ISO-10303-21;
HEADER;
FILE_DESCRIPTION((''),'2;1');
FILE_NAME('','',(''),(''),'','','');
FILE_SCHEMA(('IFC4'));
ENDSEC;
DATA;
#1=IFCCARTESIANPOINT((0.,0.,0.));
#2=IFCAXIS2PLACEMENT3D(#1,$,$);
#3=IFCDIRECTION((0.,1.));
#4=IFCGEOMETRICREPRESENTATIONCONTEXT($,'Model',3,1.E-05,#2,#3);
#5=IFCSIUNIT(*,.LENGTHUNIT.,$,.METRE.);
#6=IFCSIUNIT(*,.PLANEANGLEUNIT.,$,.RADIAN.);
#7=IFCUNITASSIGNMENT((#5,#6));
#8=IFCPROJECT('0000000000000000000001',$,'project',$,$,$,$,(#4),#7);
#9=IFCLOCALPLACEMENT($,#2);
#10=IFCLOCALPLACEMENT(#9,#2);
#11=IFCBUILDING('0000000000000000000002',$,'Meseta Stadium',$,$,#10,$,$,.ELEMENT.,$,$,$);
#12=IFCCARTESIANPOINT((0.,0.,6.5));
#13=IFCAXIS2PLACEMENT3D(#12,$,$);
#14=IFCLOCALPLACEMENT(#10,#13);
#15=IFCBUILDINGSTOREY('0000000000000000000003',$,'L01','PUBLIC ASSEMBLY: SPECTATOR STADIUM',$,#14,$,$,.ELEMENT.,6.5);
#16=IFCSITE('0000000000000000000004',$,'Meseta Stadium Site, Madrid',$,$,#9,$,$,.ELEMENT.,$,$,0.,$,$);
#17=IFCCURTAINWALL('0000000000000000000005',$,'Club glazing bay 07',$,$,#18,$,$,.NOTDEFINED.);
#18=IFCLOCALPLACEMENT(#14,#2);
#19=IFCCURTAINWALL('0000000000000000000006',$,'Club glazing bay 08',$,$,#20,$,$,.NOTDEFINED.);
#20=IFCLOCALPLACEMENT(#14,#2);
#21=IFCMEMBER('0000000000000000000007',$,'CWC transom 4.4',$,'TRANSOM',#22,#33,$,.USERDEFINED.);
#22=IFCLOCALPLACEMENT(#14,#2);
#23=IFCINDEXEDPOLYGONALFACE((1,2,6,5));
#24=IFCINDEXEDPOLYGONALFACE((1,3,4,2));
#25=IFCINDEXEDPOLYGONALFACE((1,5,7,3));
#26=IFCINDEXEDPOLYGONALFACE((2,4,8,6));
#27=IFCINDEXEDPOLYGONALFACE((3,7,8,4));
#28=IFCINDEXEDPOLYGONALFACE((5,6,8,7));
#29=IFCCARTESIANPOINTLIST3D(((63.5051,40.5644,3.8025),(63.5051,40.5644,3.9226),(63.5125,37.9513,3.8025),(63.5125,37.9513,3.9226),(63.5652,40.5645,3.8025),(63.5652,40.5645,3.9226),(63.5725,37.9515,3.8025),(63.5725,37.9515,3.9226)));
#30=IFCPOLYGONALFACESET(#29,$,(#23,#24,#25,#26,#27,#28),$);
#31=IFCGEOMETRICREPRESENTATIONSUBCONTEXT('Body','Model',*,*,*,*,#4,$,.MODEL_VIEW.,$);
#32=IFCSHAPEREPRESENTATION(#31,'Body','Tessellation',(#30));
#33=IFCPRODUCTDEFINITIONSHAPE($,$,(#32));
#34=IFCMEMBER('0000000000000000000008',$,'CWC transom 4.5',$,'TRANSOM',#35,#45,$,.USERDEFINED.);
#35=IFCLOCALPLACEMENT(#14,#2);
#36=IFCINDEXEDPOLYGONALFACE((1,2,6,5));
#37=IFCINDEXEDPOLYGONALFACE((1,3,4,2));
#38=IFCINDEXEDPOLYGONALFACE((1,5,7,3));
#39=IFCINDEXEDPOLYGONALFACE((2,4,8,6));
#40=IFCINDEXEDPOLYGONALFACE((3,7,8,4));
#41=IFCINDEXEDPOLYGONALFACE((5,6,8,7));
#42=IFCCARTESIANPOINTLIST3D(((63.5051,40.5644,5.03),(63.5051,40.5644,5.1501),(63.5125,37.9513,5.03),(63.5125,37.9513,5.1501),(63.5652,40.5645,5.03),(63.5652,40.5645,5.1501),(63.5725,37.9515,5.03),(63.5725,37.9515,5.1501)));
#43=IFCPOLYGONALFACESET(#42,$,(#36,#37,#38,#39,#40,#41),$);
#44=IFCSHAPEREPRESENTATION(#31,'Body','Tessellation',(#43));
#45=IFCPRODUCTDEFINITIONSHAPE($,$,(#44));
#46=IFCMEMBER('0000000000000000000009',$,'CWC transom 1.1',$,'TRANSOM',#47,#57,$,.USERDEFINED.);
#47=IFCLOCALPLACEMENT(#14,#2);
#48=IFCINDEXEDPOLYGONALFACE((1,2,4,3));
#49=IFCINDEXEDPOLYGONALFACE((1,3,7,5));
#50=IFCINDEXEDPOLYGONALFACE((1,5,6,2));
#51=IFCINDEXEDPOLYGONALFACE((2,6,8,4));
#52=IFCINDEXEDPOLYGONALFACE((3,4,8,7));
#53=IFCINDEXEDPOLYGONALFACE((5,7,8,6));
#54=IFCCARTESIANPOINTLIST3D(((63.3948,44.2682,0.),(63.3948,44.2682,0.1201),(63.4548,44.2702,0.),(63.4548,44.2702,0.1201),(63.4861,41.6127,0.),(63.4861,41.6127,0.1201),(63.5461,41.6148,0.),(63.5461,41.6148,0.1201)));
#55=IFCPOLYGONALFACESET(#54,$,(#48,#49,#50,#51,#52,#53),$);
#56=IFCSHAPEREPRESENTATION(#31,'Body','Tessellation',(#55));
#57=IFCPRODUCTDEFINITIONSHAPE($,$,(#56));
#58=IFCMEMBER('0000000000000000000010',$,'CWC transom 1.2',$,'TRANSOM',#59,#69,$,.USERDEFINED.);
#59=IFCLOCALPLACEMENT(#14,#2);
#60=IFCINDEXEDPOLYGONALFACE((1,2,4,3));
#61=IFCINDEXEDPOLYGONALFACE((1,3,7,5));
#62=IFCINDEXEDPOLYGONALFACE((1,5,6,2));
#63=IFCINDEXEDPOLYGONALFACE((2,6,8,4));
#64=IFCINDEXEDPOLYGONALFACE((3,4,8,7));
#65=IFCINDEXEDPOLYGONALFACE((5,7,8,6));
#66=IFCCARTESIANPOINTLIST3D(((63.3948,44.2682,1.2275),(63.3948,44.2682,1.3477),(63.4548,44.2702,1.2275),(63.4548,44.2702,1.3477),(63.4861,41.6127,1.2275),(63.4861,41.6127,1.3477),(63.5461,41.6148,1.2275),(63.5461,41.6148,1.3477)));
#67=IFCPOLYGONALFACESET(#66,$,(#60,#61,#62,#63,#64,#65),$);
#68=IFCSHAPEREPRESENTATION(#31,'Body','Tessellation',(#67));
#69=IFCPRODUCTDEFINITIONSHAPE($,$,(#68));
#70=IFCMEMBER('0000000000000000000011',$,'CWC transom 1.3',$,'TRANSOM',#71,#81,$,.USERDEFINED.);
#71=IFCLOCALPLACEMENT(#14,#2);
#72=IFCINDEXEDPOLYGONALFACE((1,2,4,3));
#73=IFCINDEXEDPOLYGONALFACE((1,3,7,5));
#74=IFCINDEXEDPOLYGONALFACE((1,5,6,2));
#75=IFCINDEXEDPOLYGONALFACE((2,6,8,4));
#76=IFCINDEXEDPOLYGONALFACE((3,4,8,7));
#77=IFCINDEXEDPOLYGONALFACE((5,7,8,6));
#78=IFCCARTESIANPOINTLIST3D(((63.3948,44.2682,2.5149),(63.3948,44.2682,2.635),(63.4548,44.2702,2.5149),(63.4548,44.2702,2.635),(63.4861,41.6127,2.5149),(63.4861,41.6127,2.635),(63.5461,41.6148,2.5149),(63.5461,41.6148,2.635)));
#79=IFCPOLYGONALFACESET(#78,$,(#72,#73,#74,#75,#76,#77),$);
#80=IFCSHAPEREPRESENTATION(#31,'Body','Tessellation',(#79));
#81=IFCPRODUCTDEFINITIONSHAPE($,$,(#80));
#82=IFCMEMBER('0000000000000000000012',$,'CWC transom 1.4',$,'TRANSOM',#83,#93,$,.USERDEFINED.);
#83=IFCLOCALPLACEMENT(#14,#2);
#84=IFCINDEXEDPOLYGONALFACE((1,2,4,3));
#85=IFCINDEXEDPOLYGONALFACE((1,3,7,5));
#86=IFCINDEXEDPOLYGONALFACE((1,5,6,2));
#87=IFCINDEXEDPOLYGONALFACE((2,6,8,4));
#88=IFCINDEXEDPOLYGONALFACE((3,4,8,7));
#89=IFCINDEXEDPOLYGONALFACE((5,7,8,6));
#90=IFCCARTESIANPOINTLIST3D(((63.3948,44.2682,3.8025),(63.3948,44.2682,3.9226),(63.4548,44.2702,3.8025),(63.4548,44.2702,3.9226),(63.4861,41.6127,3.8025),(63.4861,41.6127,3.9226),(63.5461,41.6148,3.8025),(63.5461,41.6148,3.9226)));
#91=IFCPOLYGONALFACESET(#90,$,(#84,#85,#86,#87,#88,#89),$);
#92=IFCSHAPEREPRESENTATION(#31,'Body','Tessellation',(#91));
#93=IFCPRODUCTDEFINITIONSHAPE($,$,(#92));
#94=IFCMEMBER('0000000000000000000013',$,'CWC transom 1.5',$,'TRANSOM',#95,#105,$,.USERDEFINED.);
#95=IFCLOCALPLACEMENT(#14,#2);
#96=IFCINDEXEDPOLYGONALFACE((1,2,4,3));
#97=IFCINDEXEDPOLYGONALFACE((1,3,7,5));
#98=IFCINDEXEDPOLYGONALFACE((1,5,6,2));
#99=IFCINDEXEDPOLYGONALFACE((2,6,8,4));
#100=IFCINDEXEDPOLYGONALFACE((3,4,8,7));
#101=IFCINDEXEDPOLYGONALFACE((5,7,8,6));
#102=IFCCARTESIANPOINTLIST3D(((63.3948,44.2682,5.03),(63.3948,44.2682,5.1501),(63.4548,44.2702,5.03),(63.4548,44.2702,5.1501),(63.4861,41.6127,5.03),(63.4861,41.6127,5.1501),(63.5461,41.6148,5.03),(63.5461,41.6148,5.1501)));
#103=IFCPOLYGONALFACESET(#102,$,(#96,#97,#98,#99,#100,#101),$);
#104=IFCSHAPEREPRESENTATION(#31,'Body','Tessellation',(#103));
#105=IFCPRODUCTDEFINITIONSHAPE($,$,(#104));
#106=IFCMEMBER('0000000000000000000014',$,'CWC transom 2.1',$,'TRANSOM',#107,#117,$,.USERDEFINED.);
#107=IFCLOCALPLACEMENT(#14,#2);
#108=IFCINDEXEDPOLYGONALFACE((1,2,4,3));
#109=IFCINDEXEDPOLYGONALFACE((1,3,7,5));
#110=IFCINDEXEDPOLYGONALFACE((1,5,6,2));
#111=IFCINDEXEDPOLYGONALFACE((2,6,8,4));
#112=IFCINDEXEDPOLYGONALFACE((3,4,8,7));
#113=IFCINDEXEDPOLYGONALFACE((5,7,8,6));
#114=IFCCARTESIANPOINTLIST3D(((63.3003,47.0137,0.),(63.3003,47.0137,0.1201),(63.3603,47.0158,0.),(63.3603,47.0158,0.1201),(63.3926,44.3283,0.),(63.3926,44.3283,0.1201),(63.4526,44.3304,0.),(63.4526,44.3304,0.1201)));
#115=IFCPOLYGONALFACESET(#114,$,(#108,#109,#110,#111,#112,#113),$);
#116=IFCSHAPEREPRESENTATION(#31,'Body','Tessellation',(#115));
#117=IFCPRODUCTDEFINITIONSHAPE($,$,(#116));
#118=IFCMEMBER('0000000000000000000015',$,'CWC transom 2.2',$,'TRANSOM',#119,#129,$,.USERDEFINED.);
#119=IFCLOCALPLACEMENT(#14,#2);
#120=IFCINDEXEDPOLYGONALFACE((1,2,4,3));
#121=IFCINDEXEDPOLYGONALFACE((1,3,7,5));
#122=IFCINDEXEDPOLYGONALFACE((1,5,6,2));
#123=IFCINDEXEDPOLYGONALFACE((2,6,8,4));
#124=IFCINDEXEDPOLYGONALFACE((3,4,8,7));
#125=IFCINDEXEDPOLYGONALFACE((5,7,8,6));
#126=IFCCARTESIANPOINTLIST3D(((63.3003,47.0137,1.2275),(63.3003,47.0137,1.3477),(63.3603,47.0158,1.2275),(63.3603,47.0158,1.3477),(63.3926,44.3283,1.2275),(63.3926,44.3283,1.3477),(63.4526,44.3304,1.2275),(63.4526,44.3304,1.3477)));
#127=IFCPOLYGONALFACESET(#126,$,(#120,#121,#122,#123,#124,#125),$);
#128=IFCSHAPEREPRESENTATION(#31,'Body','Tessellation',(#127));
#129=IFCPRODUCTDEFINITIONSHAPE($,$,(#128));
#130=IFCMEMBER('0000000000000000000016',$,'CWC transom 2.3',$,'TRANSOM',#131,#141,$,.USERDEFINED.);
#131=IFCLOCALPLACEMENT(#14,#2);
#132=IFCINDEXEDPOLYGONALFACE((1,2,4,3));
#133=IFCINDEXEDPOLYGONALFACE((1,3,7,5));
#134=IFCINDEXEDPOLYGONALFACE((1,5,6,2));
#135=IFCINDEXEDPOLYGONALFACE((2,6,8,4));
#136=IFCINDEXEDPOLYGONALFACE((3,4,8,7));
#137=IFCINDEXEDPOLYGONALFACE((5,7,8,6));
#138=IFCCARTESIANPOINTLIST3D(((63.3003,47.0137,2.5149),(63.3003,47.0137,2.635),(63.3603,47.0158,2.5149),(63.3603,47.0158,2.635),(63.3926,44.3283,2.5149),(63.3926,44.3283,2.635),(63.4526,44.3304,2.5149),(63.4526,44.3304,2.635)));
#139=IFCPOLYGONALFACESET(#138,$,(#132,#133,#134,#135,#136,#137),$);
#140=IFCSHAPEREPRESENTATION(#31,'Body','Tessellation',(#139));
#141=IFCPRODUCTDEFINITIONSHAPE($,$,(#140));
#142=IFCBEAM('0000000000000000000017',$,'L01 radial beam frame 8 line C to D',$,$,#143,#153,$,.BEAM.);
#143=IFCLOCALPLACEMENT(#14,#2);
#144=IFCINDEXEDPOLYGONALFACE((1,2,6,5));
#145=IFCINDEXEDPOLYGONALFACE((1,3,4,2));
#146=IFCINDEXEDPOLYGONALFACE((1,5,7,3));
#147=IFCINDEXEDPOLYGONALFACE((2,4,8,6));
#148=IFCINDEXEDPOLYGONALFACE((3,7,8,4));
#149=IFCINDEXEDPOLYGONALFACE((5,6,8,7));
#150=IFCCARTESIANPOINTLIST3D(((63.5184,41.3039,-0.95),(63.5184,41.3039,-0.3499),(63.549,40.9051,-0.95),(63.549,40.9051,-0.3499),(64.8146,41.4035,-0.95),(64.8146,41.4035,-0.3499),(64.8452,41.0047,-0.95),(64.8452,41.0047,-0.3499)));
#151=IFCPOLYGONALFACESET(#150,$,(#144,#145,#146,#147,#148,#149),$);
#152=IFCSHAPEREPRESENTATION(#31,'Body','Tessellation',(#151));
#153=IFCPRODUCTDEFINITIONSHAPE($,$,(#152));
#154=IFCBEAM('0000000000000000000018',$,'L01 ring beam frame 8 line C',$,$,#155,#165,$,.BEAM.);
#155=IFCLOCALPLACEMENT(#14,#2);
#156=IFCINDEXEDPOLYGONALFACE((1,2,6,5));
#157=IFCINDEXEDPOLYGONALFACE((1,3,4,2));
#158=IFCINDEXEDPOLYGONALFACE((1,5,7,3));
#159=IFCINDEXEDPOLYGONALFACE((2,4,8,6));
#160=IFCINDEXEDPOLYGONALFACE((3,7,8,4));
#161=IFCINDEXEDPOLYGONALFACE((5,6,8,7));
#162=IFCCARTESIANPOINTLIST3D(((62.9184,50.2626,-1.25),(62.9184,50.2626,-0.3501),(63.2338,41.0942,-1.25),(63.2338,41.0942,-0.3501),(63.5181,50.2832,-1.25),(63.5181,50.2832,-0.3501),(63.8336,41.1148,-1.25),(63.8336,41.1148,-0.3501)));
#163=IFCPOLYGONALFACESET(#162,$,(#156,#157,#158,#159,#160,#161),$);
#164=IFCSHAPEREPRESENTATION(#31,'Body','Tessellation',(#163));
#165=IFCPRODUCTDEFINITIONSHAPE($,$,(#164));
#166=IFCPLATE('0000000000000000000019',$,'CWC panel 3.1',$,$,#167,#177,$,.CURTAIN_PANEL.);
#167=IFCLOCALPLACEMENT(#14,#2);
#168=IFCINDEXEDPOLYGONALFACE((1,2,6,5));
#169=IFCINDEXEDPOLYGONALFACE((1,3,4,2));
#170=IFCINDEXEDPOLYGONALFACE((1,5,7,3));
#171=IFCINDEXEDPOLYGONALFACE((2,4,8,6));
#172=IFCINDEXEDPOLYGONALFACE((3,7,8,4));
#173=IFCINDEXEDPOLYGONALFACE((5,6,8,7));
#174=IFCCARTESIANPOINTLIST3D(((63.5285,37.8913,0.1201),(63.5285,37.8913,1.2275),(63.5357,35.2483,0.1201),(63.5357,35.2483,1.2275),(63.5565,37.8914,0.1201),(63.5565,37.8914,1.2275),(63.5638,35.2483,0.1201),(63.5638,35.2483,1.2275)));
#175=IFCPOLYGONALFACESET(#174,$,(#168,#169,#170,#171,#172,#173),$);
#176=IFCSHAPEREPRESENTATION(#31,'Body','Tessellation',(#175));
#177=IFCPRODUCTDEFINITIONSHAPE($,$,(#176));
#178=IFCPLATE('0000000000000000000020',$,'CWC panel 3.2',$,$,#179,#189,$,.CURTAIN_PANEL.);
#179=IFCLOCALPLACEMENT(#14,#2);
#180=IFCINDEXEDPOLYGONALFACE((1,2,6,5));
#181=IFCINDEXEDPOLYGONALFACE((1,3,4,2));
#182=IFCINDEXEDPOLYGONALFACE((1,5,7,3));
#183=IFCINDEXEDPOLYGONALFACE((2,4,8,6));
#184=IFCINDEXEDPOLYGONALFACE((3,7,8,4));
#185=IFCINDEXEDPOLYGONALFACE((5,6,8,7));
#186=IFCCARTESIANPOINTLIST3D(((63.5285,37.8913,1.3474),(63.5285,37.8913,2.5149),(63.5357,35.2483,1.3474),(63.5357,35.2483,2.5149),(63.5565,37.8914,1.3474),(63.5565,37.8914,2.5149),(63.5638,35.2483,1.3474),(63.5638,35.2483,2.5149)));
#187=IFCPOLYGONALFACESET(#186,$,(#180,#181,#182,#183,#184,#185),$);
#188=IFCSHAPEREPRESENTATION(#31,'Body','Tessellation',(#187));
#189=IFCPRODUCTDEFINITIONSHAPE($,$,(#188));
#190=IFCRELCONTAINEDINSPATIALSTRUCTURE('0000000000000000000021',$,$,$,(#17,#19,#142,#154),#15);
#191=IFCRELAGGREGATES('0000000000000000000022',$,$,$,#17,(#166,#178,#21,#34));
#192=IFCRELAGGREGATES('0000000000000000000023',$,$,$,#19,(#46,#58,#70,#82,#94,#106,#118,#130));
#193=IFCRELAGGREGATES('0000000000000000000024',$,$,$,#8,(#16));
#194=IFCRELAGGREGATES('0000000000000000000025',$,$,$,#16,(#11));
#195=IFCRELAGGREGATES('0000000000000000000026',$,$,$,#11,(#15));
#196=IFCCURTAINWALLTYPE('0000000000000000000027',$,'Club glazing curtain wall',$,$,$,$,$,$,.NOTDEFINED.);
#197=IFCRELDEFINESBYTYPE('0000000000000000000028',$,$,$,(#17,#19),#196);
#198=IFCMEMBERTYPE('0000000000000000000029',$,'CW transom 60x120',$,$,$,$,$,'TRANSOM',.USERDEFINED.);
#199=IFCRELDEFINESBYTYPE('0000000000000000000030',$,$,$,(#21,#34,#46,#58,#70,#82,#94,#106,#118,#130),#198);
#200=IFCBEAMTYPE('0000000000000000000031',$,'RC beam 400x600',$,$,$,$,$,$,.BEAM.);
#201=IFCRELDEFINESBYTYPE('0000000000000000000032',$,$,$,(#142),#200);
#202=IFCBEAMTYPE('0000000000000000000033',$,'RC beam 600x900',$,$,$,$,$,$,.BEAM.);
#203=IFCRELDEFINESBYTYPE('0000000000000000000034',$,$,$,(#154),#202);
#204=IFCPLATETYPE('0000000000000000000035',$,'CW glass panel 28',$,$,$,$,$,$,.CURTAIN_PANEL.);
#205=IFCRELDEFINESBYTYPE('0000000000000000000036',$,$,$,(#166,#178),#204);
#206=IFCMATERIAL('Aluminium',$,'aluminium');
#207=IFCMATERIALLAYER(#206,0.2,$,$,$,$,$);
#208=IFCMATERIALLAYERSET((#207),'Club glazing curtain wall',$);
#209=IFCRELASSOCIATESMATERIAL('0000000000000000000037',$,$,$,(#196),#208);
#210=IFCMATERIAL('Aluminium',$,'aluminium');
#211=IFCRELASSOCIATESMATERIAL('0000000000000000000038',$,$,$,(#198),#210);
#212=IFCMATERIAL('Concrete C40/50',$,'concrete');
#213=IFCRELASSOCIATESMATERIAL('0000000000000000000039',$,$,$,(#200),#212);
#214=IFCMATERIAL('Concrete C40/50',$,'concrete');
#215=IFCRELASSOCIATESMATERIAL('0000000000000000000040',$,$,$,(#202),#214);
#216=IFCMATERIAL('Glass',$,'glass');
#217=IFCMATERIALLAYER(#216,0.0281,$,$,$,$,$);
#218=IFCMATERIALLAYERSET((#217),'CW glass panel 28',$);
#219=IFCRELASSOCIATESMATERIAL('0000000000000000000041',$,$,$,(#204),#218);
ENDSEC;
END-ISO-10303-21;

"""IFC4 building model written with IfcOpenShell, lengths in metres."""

from ifc_helpers import new_model, si_unit, direction, frame, origin, origin_2d, place, context, subcontext, project, spatial, rectangle, extrude, material, layer, layer_set, material_profile, profile_set, type_object, element, aggregate, save


model = new_model("IFC4")

# Units and contexts
model_context = context("Model", 3, precision=1e-05, world=origin(), true_north=direction((0.0, 1.0)))
body_context = subcontext(model_context, "Body", "Model", "MODEL_VIEW")
ifc_project = project(units=[si_unit("LENGTHUNIT", "METRE"), si_unit("PLANEANGLEUNIT", "RADIAN")], contexts=[model_context])

# Site, building, storey
site_placement = place(None, origin())
site = spatial("IfcSite", under=ifc_project, at=site_placement, Name="Meseta Stadium Site, Madrid", CompositionType="ELEMENT", RefElevation=0.0)
building_placement = place(site_placement, origin())
building = spatial("IfcBuilding", under=site, at=building_placement, Name="Meseta Stadium", CompositionType="ELEMENT")
storey_placement = place(building_placement, frame((0.0, 0.0, 6.5)))
storey = spatial("IfcBuildingStorey", under=building, at=storey_placement, Name="L01", Description="PUBLIC ASSEMBLY: SPECTATOR STADIUM", CompositionType="ELEMENT", Elevation=6.5)

# Curtain walls
ifc_material_1 = material(Name="Aluminium", Category="aluminium")
ifc_layer_1 = layer(ifc_material_1, 0.2)
ifc_layer_set_1 = layer_set([ifc_layer_1], Name="Club glazing curtain wall")
curtain_wall_type = type_object("IfcCurtainWallType", Name="Club glazing curtain wall", PredefinedType="NOTDEFINED", material=ifc_layer_set_1)
curtain_wall_1_placement = place(storey_placement, origin())
curtain_wall_1 = element("IfcCurtainWall", 1, at=curtain_wall_1_placement, inside=storey, type_object=curtain_wall_type, Name="Club glazing bay 07", PredefinedType="NOTDEFINED")
curtain_wall_2_placement = place(storey_placement, origin())
curtain_wall_2 = element("IfcCurtainWall", 2, at=curtain_wall_2_placement, inside=storey, type_object=curtain_wall_type, Name="Club glazing bay 08", PredefinedType="NOTDEFINED")

# Members
ifc_material_2 = material(Name="Aluminium", Category="aluminium")
ifc_material_profile_1 = material_profile(ifc_material_2, rectangle(XDim=0.0601, YDim=0.1201, at=origin_2d()), Name="CW 60x120")
ifc_profile_set_1 = profile_set([ifc_material_profile_1], Name="Aluminium")
member_type_1 = type_object("IfcMemberType", Name="CW transom 60x120", ElementType="TRANSOM", PredefinedType="USERDEFINED", material=ifc_profile_set_1)
member_1_placement = place(storey_placement, frame((63.5425, 37.9514, 3.8625), z_axis=(-0.002803, 0.999996, 0.0), x_axis=(-0.999996, -0.002803, 0.0)))
member_1 = element("IfcMember", 3, at=member_1_placement, type_object=member_type_1, Name="CWC transom 4.4", ObjectType="TRANSOM", PredefinedType="USERDEFINED", context=body_context, shape_type="SweptSolid", body=[
    extrude(rectangle(XDim=0.0601, YDim=0.1201, at=origin_2d()), origin(), (0.0, 0.0, 1.0), 2.613),
])
member_2_placement = place(storey_placement, frame((63.5425, 37.9514, 5.0901), z_axis=(-0.002803, 0.999996, 0.0), x_axis=(-0.999996, -0.002803, 0.0)))
member_2 = element("IfcMember", 4, at=member_2_placement, type_object=member_type_1, Name="CWC transom 4.5", ObjectType="TRANSOM", PredefinedType="USERDEFINED", context=body_context, shape_type="SweptSolid", body=[
    extrude(rectangle(XDim=0.0601, YDim=0.1201, at=origin_2d()), origin(), (0.0, 0.0, 1.0), 2.613),
])
member_3_placement = place(storey_placement, frame((63.5161, 41.6138, 0.0601), z_axis=(-0.034364, 0.999409, 0.0), x_axis=(-0.999409, -0.034364, 0.0)))
member_3 = element("IfcMember", 5, at=member_3_placement, type_object=member_type_1, Name="CWC transom 1.1", ObjectType="TRANSOM", PredefinedType="USERDEFINED", context=body_context, shape_type="SweptSolid", body=[
    extrude(rectangle(XDim=0.0601, YDim=0.1201, at=origin_2d()), origin(), (0.0, 0.0, 1.0), 2.657),
])
member_4_placement = place(storey_placement, frame((63.5161, 41.6138, 1.2876), z_axis=(-0.034364, 0.999409, 0.0), x_axis=(-0.999409, -0.034364, 0.0)))
member_4 = element("IfcMember", 6, at=member_4_placement, type_object=member_type_1, Name="CWC transom 1.2", ObjectType="TRANSOM", PredefinedType="USERDEFINED", context=body_context, shape_type="SweptSolid", body=[
    extrude(rectangle(XDim=0.0601, YDim=0.1201, at=origin_2d()), origin(), (0.0, 0.0, 1.0), 2.657),
])
member_5_placement = place(storey_placement, frame((63.5161, 41.6138, 2.575), z_axis=(-0.034364, 0.999409, 0.0), x_axis=(-0.999409, -0.034364, 0.0)))
member_5 = element("IfcMember", 7, at=member_5_placement, type_object=member_type_1, Name="CWC transom 1.3", ObjectType="TRANSOM", PredefinedType="USERDEFINED", context=body_context, shape_type="SweptSolid", body=[
    extrude(rectangle(XDim=0.0601, YDim=0.1201, at=origin_2d()), origin(), (0.0, 0.0, 1.0), 2.657),
])
member_6_placement = place(storey_placement, frame((63.5161, 41.6138, 3.8625), z_axis=(-0.034364, 0.999409, 0.0), x_axis=(-0.999409, -0.034364, 0.0)))
member_6 = element("IfcMember", 8, at=member_6_placement, type_object=member_type_1, Name="CWC transom 1.4", ObjectType="TRANSOM", PredefinedType="USERDEFINED", context=body_context, shape_type="SweptSolid", body=[
    extrude(rectangle(XDim=0.0601, YDim=0.1201, at=origin_2d()), origin(), (0.0, 0.0, 1.0), 2.657),
])
member_7_placement = place(storey_placement, frame((63.5161, 41.6138, 5.0901), z_axis=(-0.034364, 0.999409, 0.0), x_axis=(-0.999409, -0.034364, 0.0)))
member_7 = element("IfcMember", 9, at=member_7_placement, type_object=member_type_1, Name="CWC transom 1.5", ObjectType="TRANSOM", PredefinedType="USERDEFINED", context=body_context, shape_type="SweptSolid", body=[
    extrude(rectangle(XDim=0.0601, YDim=0.1201, at=origin_2d()), origin(), (0.0, 0.0, 1.0), 2.657),
])
member_8_placement = place(storey_placement, frame((63.4226, 44.3293, 0.0601), z_axis=(-0.034343, 0.99941, 0.0), x_axis=(-0.99941, -0.034343, 0.0)))
member_8 = element("IfcMember", 10, at=member_8_placement, type_object=member_type_1, Name="CWC transom 2.1", ObjectType="TRANSOM", PredefinedType="USERDEFINED", context=body_context, shape_type="SweptSolid", body=[
    extrude(rectangle(XDim=0.0601, YDim=0.1201, at=origin_2d()), origin(), (0.0, 0.0, 1.0), 2.687),
])
member_9_placement = place(storey_placement, frame((63.4226, 44.3293, 1.2876), z_axis=(-0.034343, 0.99941, 0.0), x_axis=(-0.99941, -0.034343, 0.0)))
member_9 = element("IfcMember", 11, at=member_9_placement, type_object=member_type_1, Name="CWC transom 2.2", ObjectType="TRANSOM", PredefinedType="USERDEFINED", context=body_context, shape_type="SweptSolid", body=[
    extrude(rectangle(XDim=0.0601, YDim=0.1201, at=origin_2d()), origin(), (0.0, 0.0, 1.0), 2.687),
])
member_10_placement = place(storey_placement, frame((63.4226, 44.3293, 2.575), z_axis=(-0.034343, 0.99941, 0.0), x_axis=(-0.99941, -0.034343, 0.0)))
member_10 = element("IfcMember", 12, at=member_10_placement, type_object=member_type_1, Name="CWC transom 2.3", ObjectType="TRANSOM", PredefinedType="USERDEFINED", context=body_context, shape_type="SweptSolid", body=[
    extrude(rectangle(XDim=0.0601, YDim=0.1201, at=origin_2d()), origin(), (0.0, 0.0, 1.0), 2.687),
])

# Beams
ifc_material_3 = material(Name="Concrete C40/50", Category="concrete")
ifc_material_profile_2 = material_profile(ifc_material_3, rectangle(XDim=0.3999, YDim=0.6001, at=origin_2d()), Name="RC 400x600")
ifc_profile_set_2 = profile_set([ifc_material_profile_2], Name="Concrete C40/50")
beam_type_1 = type_object("IfcBeamType", Name="RC beam 400x600", PredefinedType="BEAM", material=ifc_profile_set_2)
beam_1_placement = place(storey_placement, frame((63.5337, 41.1045, -0.6499), z_axis=(0.99706, 0.076625, 0.0), x_axis=(-0.076625, 0.99706, 0.0)))
element("IfcBeam", 13, at=beam_1_placement, inside=storey, type_object=beam_type_1, Name="L01 radial beam frame 8 line C to D", PredefinedType="BEAM", context=body_context, shape_type="SweptSolid", body=[
    extrude(rectangle(XDim=0.3999, YDim=0.6001, at=origin_2d()), origin(), (0.0, 0.0, 1.0), 1.3),
])
ifc_material_4 = material(Name="Concrete C40/50", Category="concrete")
ifc_material_profile_3 = material_profile(ifc_material_4, rectangle(XDim=0.6001, YDim=0.8999, at=origin_2d()), Name="RC 600x900")
ifc_profile_set_3 = profile_set([ifc_material_profile_3], Name="Concrete C40/50")
beam_type_2 = type_object("IfcBeamType", Name="RC beam 600x900", PredefinedType="BEAM", material=ifc_profile_set_3)
beam_2_placement = place(storey_placement, frame((63.5337, 41.1045, -0.8), z_axis=(-0.034383, 0.999409, 0.0), x_axis=(-0.999409, -0.034383, 0.0)))
element("IfcBeam", 14, at=beam_2_placement, inside=storey, type_object=beam_type_2, Name="L01 ring beam frame 8 line C", PredefinedType="BEAM", context=body_context, shape_type="SweptSolid", body=[
    extrude(rectangle(XDim=0.6001, YDim=0.8999, at=origin_2d()), origin(), (0.0, 0.0, 1.0), 9.1738),
])

# Plates
ifc_material_5 = material(Name="Glass", Category="glass")
ifc_layer_2 = layer(ifc_material_5, 0.0281)
ifc_layer_set_2 = layer_set([ifc_layer_2], Name="CW glass panel 28")
plate_type = type_object("IfcPlateType", Name="CW glass panel 28", PredefinedType="CURTAIN_PANEL", material=ifc_layer_set_2)
plate_1_placement = place(storey_placement, frame((63.5461, 36.5698, 0.1201), z_axis=(0.0, 0.0, 1.0), x_axis=(-0.002758, 0.999996, 0.0)))
plate_1 = element("IfcPlate", 15, at=plate_1_placement, type_object=plate_type, Name="CWC panel 3.1", PredefinedType="CURTAIN_PANEL", context=body_context, shape_type="SweptSolid", body=[
    extrude(rectangle(XDim=2.6431, YDim=0.0281, at=origin_2d()), origin(), (0.0, 0.0, 1.0), 1.1074),
])
plate_2_placement = place(storey_placement, frame((63.5461, 36.5698, 1.3474), z_axis=(0.0, 0.0, 1.0), x_axis=(-0.002758, 0.999996, 0.0)))
plate_2 = element("IfcPlate", 16, at=plate_2_placement, type_object=plate_type, Name="CWC panel 3.2", PredefinedType="CURTAIN_PANEL", context=body_context, shape_type="SweptSolid", body=[
    extrude(rectangle(XDim=2.6431, YDim=0.0281, at=origin_2d()), origin(), (0.0, 0.0, 1.0), 1.1675),
])
aggregate(curtain_wall_1, [plate_1, plate_2, member_1, member_2])
aggregate(curtain_wall_2, [member_3, member_4, member_5, member_6, member_7, member_8, member_9, member_10])

save(model, "model.ifc")
